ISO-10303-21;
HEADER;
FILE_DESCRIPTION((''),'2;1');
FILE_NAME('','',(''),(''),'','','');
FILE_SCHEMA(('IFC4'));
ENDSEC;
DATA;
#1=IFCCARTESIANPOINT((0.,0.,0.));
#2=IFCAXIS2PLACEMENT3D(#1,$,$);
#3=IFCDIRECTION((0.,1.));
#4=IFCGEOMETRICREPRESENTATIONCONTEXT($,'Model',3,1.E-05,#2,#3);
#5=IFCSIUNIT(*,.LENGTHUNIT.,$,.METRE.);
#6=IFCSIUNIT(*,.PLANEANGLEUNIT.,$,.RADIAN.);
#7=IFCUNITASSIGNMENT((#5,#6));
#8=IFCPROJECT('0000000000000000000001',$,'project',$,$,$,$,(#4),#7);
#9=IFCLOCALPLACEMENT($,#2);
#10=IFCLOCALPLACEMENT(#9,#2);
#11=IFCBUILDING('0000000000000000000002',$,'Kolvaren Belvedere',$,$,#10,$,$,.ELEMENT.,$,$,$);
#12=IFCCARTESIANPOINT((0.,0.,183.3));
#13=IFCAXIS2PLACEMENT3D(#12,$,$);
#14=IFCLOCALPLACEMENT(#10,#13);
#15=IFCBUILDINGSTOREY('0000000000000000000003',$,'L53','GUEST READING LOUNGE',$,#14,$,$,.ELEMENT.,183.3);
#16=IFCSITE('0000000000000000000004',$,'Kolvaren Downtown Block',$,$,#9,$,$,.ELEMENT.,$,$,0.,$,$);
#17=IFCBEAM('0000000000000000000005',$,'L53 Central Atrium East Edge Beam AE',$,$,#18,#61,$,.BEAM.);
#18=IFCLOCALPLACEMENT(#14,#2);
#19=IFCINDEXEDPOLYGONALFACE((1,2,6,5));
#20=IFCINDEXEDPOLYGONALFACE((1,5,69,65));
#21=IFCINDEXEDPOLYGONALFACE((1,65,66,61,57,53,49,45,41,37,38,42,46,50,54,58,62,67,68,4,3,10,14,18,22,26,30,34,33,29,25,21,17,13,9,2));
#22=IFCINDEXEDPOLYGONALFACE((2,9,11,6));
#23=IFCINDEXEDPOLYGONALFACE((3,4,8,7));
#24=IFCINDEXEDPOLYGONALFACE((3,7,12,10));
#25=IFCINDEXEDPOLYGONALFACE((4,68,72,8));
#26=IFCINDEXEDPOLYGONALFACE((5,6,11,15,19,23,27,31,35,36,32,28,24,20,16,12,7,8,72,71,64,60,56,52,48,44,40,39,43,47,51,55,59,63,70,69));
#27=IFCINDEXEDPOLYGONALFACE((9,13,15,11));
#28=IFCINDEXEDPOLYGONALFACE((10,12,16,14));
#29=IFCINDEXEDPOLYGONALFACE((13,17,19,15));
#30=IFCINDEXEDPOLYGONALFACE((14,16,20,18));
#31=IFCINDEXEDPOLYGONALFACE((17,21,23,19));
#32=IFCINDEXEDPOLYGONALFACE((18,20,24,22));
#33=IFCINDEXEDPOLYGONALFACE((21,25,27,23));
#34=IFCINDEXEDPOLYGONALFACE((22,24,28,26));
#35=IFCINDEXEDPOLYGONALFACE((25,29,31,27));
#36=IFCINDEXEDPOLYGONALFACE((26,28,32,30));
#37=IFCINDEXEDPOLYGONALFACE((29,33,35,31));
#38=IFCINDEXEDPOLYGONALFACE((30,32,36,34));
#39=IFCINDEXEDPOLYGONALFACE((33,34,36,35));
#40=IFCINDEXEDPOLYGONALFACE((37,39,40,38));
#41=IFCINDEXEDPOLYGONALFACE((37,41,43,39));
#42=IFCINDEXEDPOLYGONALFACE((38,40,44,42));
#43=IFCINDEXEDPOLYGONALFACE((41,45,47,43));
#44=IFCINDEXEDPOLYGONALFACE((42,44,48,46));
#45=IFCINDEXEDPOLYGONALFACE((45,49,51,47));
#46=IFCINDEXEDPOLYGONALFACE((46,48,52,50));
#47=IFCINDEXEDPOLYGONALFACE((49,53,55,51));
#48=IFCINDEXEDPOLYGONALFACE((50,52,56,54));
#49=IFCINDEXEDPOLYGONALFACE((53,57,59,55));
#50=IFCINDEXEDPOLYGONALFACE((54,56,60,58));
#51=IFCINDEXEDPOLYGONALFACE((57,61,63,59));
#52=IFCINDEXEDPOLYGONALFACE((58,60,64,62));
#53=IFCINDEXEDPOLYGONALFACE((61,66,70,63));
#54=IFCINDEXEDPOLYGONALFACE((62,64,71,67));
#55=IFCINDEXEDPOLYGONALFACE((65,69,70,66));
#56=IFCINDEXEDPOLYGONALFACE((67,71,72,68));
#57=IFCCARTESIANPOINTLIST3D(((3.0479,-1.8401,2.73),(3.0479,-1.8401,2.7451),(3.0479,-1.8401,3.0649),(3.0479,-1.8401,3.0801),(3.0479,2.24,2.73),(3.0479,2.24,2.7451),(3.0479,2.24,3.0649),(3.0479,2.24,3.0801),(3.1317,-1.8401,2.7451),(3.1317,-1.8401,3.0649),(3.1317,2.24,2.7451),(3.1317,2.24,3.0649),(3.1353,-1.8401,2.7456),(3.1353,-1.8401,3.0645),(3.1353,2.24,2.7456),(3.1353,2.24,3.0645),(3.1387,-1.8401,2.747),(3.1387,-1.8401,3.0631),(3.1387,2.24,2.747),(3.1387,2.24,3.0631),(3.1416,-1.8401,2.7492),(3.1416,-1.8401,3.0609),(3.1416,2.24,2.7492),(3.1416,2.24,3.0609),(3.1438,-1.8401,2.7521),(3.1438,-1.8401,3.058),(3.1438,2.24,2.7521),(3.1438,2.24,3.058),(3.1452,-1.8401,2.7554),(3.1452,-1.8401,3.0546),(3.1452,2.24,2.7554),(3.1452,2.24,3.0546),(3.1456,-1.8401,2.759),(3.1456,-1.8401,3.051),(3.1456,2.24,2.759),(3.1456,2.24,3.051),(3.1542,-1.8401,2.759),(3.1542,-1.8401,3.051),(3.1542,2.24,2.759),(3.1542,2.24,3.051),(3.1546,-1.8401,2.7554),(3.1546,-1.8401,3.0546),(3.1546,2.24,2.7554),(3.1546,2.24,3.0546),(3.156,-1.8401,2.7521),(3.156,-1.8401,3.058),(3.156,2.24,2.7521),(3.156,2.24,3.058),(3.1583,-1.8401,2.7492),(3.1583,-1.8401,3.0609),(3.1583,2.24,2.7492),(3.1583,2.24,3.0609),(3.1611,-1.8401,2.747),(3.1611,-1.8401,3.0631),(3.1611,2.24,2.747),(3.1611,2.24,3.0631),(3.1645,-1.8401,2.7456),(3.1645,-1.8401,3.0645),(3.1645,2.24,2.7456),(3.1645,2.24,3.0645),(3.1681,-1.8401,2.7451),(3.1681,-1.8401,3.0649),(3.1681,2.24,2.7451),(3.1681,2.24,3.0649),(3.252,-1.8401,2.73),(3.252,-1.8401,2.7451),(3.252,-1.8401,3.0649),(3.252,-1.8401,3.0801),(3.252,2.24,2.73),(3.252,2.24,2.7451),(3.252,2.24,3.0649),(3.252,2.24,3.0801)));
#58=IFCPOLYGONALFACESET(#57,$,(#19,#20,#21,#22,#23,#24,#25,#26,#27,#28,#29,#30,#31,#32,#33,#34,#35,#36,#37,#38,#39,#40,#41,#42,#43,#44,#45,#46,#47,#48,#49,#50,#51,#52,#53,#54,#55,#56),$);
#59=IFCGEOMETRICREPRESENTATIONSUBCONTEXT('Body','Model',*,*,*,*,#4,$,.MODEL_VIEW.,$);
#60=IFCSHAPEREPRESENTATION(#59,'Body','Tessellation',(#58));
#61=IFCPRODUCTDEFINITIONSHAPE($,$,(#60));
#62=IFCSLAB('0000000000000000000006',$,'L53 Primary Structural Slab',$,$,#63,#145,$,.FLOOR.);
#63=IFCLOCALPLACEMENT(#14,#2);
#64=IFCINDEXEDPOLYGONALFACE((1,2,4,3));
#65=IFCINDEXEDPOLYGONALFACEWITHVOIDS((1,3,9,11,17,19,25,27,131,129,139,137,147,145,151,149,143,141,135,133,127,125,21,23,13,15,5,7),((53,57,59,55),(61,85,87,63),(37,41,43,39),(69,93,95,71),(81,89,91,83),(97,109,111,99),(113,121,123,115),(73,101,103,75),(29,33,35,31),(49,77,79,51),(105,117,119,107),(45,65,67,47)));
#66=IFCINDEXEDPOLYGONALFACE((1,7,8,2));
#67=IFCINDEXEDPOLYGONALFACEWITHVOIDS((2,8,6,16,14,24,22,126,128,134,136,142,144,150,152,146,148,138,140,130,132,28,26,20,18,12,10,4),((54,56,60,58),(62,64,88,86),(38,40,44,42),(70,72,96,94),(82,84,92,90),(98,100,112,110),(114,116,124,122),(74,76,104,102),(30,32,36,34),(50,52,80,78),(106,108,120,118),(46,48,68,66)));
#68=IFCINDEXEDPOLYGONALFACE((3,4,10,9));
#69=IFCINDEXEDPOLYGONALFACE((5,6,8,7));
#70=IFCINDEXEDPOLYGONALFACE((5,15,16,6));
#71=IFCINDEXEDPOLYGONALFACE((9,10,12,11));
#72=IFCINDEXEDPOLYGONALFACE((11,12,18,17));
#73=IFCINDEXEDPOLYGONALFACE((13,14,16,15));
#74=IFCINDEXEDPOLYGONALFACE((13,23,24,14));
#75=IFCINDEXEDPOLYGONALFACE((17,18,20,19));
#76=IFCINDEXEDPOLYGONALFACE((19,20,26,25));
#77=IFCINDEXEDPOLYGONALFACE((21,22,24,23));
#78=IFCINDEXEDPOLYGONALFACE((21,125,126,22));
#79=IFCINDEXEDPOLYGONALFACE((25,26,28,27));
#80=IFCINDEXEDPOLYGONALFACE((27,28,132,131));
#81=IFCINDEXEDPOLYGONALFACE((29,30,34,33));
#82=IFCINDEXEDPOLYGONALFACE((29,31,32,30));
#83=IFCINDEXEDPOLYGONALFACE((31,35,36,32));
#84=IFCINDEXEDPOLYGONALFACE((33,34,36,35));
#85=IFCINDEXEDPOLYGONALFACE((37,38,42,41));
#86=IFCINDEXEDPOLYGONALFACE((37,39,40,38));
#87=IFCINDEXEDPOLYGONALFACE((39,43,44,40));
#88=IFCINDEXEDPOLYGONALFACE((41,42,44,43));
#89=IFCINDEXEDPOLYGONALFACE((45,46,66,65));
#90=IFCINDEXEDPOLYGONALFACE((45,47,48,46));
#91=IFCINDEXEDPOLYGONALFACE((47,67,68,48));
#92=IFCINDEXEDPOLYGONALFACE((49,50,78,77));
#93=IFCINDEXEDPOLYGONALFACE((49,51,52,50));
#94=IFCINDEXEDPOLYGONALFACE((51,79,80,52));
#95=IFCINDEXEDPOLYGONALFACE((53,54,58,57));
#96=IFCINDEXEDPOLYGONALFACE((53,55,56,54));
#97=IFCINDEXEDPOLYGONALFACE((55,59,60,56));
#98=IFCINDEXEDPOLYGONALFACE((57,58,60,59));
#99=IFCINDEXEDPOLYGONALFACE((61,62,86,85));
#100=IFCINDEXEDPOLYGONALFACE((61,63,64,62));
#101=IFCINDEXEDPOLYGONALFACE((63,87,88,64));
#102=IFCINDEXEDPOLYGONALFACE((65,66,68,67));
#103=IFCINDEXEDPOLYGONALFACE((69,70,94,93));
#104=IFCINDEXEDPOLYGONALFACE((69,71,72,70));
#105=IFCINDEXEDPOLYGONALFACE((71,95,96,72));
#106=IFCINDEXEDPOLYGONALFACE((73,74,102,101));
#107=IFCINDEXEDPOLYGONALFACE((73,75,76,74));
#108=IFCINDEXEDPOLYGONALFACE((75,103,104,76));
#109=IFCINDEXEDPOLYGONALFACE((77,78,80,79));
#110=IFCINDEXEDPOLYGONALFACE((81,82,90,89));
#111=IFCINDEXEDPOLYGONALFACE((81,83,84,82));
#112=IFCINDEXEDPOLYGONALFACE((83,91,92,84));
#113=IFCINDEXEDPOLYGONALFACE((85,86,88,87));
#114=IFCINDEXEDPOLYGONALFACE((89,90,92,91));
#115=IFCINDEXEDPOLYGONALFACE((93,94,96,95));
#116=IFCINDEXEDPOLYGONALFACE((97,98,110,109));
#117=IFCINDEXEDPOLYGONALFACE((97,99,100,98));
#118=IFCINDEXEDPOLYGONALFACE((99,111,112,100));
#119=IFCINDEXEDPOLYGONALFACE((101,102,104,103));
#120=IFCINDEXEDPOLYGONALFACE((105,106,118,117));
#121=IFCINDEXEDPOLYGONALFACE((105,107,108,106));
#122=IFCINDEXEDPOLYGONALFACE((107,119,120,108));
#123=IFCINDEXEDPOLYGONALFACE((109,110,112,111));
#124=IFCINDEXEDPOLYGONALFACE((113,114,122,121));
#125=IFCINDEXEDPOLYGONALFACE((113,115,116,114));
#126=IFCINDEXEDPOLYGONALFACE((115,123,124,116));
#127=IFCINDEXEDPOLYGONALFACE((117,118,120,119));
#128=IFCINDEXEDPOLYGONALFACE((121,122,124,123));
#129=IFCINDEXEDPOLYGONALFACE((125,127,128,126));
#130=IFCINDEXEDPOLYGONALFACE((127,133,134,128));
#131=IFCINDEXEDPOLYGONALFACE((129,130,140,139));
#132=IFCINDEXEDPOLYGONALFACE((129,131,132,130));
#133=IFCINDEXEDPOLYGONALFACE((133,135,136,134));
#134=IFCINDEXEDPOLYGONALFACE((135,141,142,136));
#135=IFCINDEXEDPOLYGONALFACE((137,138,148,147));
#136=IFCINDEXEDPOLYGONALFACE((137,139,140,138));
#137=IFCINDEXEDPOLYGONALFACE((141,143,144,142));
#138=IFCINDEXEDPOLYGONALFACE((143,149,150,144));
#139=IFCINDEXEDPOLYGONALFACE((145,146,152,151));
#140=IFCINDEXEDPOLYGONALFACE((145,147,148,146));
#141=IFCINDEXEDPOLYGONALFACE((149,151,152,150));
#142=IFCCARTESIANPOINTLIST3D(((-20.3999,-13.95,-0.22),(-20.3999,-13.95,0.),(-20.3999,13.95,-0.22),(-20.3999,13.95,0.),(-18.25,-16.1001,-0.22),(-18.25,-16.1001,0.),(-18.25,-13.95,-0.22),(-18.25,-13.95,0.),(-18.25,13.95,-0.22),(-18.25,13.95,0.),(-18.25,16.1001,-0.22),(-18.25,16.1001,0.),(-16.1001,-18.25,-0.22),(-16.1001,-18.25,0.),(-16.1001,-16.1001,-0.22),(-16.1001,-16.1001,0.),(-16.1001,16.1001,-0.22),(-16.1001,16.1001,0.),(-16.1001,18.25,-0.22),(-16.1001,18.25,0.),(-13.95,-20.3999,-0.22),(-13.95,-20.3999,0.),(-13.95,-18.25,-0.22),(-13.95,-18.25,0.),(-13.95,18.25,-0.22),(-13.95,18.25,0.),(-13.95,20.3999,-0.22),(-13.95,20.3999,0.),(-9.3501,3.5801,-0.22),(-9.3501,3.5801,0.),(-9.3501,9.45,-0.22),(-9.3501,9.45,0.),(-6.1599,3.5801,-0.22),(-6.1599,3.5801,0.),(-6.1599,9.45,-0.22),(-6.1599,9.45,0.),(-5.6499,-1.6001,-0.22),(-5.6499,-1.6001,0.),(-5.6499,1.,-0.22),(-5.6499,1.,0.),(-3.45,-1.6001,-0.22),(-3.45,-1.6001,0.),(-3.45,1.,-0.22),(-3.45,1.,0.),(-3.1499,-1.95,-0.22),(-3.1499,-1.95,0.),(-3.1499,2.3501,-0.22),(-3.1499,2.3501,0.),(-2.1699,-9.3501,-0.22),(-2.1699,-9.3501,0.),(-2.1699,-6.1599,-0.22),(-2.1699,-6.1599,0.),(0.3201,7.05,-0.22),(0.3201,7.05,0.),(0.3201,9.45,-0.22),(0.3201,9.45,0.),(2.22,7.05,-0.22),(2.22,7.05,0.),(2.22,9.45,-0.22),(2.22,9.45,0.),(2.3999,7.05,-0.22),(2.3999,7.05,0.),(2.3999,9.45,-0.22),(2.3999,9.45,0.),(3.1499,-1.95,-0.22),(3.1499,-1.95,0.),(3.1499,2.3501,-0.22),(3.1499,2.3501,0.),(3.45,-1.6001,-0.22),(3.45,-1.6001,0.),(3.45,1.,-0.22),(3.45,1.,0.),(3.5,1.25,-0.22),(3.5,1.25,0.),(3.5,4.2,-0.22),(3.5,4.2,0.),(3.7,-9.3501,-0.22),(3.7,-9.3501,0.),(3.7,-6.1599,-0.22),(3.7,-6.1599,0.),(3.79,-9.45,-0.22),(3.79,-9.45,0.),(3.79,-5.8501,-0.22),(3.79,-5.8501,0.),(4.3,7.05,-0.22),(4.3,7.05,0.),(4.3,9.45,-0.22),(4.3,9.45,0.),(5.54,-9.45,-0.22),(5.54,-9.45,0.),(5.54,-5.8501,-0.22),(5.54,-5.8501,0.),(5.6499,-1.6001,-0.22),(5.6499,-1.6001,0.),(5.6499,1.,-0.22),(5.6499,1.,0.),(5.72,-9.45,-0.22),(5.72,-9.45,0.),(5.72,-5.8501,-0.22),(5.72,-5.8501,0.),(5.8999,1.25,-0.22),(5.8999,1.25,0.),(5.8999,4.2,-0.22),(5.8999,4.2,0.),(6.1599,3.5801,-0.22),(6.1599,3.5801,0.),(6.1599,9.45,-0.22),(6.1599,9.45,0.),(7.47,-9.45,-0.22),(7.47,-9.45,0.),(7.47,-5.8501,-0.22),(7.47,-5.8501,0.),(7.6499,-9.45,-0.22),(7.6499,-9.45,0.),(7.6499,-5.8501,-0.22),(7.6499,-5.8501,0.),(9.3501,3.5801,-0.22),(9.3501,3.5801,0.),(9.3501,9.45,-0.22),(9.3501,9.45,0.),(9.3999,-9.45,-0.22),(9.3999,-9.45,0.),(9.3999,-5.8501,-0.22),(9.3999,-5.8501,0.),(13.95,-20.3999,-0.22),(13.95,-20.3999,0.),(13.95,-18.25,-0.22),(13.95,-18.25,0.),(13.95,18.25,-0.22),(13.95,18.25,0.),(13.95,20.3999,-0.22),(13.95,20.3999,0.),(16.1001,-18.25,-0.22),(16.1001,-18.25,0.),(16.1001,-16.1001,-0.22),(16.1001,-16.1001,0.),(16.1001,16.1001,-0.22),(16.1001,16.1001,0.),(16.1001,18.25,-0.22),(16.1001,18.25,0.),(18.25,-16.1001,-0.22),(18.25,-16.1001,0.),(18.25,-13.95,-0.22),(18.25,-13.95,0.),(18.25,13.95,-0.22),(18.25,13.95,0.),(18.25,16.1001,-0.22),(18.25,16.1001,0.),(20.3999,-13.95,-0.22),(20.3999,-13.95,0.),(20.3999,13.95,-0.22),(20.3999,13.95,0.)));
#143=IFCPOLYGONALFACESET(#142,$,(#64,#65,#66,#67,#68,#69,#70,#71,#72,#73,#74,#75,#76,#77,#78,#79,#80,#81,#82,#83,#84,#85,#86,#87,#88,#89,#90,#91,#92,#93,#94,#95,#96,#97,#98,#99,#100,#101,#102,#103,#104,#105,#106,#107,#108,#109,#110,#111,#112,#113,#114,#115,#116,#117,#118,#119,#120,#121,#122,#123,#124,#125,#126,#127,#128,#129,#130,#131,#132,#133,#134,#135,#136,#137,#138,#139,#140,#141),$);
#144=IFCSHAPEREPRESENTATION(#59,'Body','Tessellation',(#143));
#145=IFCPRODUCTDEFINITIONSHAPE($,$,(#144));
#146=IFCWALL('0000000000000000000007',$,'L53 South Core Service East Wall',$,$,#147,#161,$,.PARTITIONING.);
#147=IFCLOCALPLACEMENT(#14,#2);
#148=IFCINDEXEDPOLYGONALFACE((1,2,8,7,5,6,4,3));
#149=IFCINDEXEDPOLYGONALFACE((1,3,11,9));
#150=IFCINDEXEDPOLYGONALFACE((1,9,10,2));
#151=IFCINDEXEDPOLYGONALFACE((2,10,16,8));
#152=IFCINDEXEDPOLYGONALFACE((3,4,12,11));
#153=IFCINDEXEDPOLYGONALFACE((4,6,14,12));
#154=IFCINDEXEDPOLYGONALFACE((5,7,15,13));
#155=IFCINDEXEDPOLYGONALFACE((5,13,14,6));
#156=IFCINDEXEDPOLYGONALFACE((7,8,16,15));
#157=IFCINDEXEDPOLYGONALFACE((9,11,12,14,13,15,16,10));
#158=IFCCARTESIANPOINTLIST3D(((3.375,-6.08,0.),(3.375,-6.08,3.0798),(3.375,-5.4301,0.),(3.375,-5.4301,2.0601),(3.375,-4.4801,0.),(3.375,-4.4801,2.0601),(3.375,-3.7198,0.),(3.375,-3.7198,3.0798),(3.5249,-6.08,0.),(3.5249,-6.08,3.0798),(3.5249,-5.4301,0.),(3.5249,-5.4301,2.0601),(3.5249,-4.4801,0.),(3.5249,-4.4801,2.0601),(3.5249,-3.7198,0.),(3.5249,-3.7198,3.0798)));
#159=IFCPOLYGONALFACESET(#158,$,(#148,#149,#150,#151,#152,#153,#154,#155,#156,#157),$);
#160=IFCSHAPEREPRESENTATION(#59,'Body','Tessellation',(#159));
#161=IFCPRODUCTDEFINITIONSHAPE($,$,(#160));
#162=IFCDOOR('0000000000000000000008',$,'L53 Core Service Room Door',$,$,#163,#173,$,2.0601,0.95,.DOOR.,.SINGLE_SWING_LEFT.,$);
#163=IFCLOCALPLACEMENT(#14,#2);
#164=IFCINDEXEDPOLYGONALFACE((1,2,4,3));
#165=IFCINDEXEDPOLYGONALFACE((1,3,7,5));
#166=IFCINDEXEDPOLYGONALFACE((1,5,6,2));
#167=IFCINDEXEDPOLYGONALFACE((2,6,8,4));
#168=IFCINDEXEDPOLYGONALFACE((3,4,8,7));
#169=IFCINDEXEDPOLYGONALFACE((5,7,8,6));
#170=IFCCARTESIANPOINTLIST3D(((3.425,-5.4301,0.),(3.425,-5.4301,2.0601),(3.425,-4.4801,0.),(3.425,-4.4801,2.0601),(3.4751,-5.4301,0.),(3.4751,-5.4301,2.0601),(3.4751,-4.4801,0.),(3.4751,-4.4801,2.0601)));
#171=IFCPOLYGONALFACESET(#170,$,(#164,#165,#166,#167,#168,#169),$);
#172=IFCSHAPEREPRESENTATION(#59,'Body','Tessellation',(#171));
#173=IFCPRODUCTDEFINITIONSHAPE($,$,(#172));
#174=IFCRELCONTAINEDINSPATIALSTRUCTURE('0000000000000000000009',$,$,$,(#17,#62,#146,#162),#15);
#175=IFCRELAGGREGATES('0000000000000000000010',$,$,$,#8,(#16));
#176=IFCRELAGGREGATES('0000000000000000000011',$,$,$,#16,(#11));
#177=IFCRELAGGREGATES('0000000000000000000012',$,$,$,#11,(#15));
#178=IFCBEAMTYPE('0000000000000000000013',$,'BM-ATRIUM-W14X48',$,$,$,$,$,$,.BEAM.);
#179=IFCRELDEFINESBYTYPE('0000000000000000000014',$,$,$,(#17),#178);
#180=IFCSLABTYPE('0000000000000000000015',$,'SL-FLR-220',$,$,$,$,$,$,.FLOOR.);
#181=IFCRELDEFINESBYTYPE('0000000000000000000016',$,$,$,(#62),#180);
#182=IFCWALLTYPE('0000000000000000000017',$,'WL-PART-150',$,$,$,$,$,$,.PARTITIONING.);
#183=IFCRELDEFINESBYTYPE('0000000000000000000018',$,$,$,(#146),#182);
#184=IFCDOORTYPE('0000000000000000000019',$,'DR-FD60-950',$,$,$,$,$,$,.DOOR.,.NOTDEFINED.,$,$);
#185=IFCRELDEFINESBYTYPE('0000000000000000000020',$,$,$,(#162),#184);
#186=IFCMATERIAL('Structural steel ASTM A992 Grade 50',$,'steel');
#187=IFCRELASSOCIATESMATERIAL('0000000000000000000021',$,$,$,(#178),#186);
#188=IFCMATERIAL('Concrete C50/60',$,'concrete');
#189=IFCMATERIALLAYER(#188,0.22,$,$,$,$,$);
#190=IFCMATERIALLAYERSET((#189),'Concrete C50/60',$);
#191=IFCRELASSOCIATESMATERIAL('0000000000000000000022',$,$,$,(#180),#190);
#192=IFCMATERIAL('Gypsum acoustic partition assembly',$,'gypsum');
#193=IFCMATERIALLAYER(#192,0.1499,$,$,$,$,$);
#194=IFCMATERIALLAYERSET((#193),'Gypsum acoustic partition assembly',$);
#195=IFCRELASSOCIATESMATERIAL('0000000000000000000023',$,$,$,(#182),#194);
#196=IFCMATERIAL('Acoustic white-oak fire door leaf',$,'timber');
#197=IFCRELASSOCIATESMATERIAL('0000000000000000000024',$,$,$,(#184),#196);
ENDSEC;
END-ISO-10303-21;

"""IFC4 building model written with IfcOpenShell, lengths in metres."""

from ifc_helpers import new_model, si_unit, direction, frame, frame_2d, origin, origin_2d, place, context, subcontext, project, spatial, polyline, rectangle, i_section, outline, extrude, material, layer, layer_set, material_profile, profile_set, type_object, element, fill, save


model = new_model("IFC4")

# Units and contexts
model_context = context("Model", 3, precision=1e-05, world=origin(), true_north=direction((0.0, 1.0)))
body_context = subcontext(model_context, "Body", "Model", "MODEL_VIEW")
ifc_project = project(units=[si_unit("LENGTHUNIT", "METRE"), si_unit("PLANEANGLEUNIT", "RADIAN")], contexts=[model_context])

# Site, building, storey
site_placement = place(None, origin())
site = spatial("IfcSite", under=ifc_project, at=site_placement, Name="Kolvaren Downtown Block", CompositionType="ELEMENT", RefElevation=0.0)
building_placement = place(site_placement, origin())
building = spatial("IfcBuilding", under=site, at=building_placement, Name="Kolvaren Belvedere", CompositionType="ELEMENT")
storey_placement = place(building_placement, frame((0.0, 0.0, 183.3)))
storey = spatial("IfcBuildingStorey", under=building, at=storey_placement, Name="L53", Description="GUEST READING LOUNGE", CompositionType="ELEMENT", Elevation=183.3)

# Beam
ifc_material_1 = material(Name="Structural steel ASTM A992 Grade 50", Category="steel")
ifc_material_profile = material_profile(ifc_material_1, i_section(OverallWidth=0.2041, OverallDepth=0.3501, WebThickness=0.0085, FlangeThickness=0.0151, FilletRadius=0.0139, at=origin_2d()), Name="W14X48")
ifc_profile_set = profile_set([ifc_material_profile], Name="Structural steel ASTM A992 Grade 50")
beam_type = type_object("IfcBeamType", Name="BM-ATRIUM-W14X48", PredefinedType="BEAM", material=ifc_profile_set)
beam_placement = place(storey_placement, frame((3.1499, -1.8401, 2.905), z_axis=(0.0, 1.0, 0.0), x_axis=(-1.0, 0.0, 0.0)))
element("IfcBeam", 1, at=beam_placement, inside=storey, type_object=beam_type, Name="L53 Central Atrium East Edge Beam AE", PredefinedType="BEAM", context=body_context, shape_type="SweptSolid", body=[
    extrude(i_section(OverallWidth=0.2041, OverallDepth=0.3501, WebThickness=0.0085, FlangeThickness=0.0151, FilletRadius=0.0139, at=origin_2d()), origin(), (0.0, 0.0, 1.0), 4.0801),
])

# Slab
ifc_material_2 = material(Name="Concrete C50/60", Category="concrete")
ifc_layer_1 = layer(ifc_material_2, 0.22)
ifc_layer_set_1 = layer_set([ifc_layer_1], Name="Concrete C50/60")
slab_type = type_object("IfcSlabType", Name="SL-FLR-220", PredefinedType="FLOOR", material=ifc_layer_set_1)
slab_placement = place(storey_placement, frame((0.0, 0.0, -0.22)))
element("IfcSlab", 2, at=slab_placement, inside=storey, type_object=slab_type, Name="L53 Primary Structural Slab", PredefinedType="FLOOR", context=body_context, shape_type="SweptSolid", body=[
    extrude(outline(polyline([(-13.95, -20.3999), (13.95, -20.3999), (13.95, -18.25), (16.1001, -18.25), (16.1001, -16.1001), (18.25, -16.1001), (18.25, -13.95), (20.3999, -13.95), (20.3999, 13.95), (18.25, 13.95), (18.25, 16.1001), (16.1001, 16.1001), (16.1001, 18.25), (13.95, 18.25), (13.95, 20.3999), (-13.95, 20.3999), (-13.95, 18.25), (-16.1001, 18.25), (-16.1001, 16.1001), (-18.25, 16.1001), (-18.25, 13.95), (-20.3999, 13.95), (-20.3999, -13.95), (-18.25, -13.95), (-18.25, -16.1001), (-16.1001, -16.1001), (-16.1001, -18.25), (-13.95, -18.25), (-13.95, -20.3999)]), holes=[polyline([(-9.3501, 3.5801), (-6.1599, 3.5801), (-6.1599, 9.45), (-9.3501, 9.45), (-9.3501, 3.5801)]), polyline([(6.1599, 3.5801), (9.3501, 3.5801), (9.3501, 9.45), (6.1599, 9.45), (6.1599, 3.5801)]), polyline([(-2.1699, -9.3501), (3.7, -9.3501), (3.7, -6.1599), (-2.1699, -6.1599), (-2.1699, -9.3501)]), polyline([(-5.6499, -1.6001), (-3.45, -1.6001), (-3.45, 1.0), (-5.6499, 1.0), (-5.6499, -1.6001)]), polyline([(3.5, 1.25), (5.8999, 1.25), (5.8999, 4.2), (3.5, 4.2), (3.5, 1.25)]), polyline([(3.45, -1.6001), (5.6499, -1.6001), (5.6499, 1.0), (3.45, 1.0), (3.45, -1.6001)]), polyline([(3.79, -9.45), (5.54, -9.45), (5.54, -5.8501), (3.79, -5.8501), (3.79, -9.45)]), polyline([(5.72, -9.45), (7.47, -9.45), (7.47, -5.8501), (5.72, -5.8501), (5.72, -9.45)]), polyline([(7.6499, -9.45), (9.3999, -9.45), (9.3999, -5.8501), (7.6499, -5.8501), (7.6499, -9.45)]), polyline([(0.3201, 7.05), (2.22, 7.05), (2.22, 9.45), (0.3201, 9.45), (0.3201, 7.05)]), polyline([(2.3999, 7.05), (4.3, 7.05), (4.3, 9.45), (2.3999, 9.45), (2.3999, 7.05)]), polyline([(-3.1499, -1.95), (3.1499, -1.95), (3.1499, 2.3501), (-3.1499, 2.3501), (-3.1499, -1.95)])]), origin(), (0.0, 0.0, 1.0), 0.22),
])

# Wall, opening, door
ifc_material_3 = material(Name="Gypsum acoustic partition assembly", Category="gypsum")
ifc_layer_2 = layer(ifc_material_3, 0.1499)
ifc_layer_set_2 = layer_set([ifc_layer_2], Name="Gypsum acoustic partition assembly")
wall_type_1 = type_object("IfcWallType", Name="WL-PART-150", PredefinedType="PARTITIONING", material=ifc_layer_set_2)
wall_1_placement = place(storey_placement, frame((3.45, -6.0801, 0.0), z_axis=(0.0, 0.0, 1.0), x_axis=(0.0, 1.0, 0.0)))
wall_1 = element("IfcWall", 3, at=wall_1_placement, inside=storey, type_object=wall_type_1, Name="L53 South Core Service East Wall", PredefinedType="PARTITIONING", context=body_context, shape_type="SweptSolid", body=[
    extrude(rectangle(XDim=2.3601, YDim=0.1499, at=frame_2d((1.1802, 0.0))), origin(), (0.0, 0.0, 1.0), 3.0798),
])
opening_1_placement = place(wall_1_placement, frame((0.6499, 0.0, 0.0)))
opening_1 = element("IfcOpeningElement", 4, at=opening_1_placement, cuts=wall_1, PredefinedType="OPENING", context=body_context, shape_type="SweptSolid", body=[
    extrude(rectangle(XDim=0.95, YDim=2.0601, at=frame_2d((0.4751, 1.03))), frame((0.0, 0.085, 0.0), z_axis=(0.0, -1.0, 0.0), x_axis=(1.0, 0.0, 0.0)), (0.0, 0.0, 1.0), 0.1699),
])
ifc_material_4 = material(Name="Acoustic white-oak fire door leaf", Category="timber")
door_type_1 = type_object("IfcDoorType", Name="DR-FD60-950", OperationType="NOTDEFINED", PredefinedType="DOOR", material=ifc_material_4)
door_1_placement = place(opening_1_placement, origin())
door_1 = element("IfcDoor", 5, at=door_1_placement, inside=storey, type_object=door_type_1, Name="L53 Core Service Room Door", OperationType="SINGLE_SWING_LEFT", OverallHeight=2.0601, OverallWidth=0.95, PredefinedType="DOOR", context=body_context, shape_type="SweptSolid", body=[
    extrude(rectangle(XDim=0.95, YDim=2.0601, at=frame_2d((0.4751, 1.03))), frame((0.0, 0.0249, 0.0), z_axis=(0.0, -1.0, 0.0), x_axis=(1.0, 0.0, 0.0)), (0.0, 0.0, 1.0), 0.05),
])
fill(opening_1, door_1)

save(model, "model.ifc")
